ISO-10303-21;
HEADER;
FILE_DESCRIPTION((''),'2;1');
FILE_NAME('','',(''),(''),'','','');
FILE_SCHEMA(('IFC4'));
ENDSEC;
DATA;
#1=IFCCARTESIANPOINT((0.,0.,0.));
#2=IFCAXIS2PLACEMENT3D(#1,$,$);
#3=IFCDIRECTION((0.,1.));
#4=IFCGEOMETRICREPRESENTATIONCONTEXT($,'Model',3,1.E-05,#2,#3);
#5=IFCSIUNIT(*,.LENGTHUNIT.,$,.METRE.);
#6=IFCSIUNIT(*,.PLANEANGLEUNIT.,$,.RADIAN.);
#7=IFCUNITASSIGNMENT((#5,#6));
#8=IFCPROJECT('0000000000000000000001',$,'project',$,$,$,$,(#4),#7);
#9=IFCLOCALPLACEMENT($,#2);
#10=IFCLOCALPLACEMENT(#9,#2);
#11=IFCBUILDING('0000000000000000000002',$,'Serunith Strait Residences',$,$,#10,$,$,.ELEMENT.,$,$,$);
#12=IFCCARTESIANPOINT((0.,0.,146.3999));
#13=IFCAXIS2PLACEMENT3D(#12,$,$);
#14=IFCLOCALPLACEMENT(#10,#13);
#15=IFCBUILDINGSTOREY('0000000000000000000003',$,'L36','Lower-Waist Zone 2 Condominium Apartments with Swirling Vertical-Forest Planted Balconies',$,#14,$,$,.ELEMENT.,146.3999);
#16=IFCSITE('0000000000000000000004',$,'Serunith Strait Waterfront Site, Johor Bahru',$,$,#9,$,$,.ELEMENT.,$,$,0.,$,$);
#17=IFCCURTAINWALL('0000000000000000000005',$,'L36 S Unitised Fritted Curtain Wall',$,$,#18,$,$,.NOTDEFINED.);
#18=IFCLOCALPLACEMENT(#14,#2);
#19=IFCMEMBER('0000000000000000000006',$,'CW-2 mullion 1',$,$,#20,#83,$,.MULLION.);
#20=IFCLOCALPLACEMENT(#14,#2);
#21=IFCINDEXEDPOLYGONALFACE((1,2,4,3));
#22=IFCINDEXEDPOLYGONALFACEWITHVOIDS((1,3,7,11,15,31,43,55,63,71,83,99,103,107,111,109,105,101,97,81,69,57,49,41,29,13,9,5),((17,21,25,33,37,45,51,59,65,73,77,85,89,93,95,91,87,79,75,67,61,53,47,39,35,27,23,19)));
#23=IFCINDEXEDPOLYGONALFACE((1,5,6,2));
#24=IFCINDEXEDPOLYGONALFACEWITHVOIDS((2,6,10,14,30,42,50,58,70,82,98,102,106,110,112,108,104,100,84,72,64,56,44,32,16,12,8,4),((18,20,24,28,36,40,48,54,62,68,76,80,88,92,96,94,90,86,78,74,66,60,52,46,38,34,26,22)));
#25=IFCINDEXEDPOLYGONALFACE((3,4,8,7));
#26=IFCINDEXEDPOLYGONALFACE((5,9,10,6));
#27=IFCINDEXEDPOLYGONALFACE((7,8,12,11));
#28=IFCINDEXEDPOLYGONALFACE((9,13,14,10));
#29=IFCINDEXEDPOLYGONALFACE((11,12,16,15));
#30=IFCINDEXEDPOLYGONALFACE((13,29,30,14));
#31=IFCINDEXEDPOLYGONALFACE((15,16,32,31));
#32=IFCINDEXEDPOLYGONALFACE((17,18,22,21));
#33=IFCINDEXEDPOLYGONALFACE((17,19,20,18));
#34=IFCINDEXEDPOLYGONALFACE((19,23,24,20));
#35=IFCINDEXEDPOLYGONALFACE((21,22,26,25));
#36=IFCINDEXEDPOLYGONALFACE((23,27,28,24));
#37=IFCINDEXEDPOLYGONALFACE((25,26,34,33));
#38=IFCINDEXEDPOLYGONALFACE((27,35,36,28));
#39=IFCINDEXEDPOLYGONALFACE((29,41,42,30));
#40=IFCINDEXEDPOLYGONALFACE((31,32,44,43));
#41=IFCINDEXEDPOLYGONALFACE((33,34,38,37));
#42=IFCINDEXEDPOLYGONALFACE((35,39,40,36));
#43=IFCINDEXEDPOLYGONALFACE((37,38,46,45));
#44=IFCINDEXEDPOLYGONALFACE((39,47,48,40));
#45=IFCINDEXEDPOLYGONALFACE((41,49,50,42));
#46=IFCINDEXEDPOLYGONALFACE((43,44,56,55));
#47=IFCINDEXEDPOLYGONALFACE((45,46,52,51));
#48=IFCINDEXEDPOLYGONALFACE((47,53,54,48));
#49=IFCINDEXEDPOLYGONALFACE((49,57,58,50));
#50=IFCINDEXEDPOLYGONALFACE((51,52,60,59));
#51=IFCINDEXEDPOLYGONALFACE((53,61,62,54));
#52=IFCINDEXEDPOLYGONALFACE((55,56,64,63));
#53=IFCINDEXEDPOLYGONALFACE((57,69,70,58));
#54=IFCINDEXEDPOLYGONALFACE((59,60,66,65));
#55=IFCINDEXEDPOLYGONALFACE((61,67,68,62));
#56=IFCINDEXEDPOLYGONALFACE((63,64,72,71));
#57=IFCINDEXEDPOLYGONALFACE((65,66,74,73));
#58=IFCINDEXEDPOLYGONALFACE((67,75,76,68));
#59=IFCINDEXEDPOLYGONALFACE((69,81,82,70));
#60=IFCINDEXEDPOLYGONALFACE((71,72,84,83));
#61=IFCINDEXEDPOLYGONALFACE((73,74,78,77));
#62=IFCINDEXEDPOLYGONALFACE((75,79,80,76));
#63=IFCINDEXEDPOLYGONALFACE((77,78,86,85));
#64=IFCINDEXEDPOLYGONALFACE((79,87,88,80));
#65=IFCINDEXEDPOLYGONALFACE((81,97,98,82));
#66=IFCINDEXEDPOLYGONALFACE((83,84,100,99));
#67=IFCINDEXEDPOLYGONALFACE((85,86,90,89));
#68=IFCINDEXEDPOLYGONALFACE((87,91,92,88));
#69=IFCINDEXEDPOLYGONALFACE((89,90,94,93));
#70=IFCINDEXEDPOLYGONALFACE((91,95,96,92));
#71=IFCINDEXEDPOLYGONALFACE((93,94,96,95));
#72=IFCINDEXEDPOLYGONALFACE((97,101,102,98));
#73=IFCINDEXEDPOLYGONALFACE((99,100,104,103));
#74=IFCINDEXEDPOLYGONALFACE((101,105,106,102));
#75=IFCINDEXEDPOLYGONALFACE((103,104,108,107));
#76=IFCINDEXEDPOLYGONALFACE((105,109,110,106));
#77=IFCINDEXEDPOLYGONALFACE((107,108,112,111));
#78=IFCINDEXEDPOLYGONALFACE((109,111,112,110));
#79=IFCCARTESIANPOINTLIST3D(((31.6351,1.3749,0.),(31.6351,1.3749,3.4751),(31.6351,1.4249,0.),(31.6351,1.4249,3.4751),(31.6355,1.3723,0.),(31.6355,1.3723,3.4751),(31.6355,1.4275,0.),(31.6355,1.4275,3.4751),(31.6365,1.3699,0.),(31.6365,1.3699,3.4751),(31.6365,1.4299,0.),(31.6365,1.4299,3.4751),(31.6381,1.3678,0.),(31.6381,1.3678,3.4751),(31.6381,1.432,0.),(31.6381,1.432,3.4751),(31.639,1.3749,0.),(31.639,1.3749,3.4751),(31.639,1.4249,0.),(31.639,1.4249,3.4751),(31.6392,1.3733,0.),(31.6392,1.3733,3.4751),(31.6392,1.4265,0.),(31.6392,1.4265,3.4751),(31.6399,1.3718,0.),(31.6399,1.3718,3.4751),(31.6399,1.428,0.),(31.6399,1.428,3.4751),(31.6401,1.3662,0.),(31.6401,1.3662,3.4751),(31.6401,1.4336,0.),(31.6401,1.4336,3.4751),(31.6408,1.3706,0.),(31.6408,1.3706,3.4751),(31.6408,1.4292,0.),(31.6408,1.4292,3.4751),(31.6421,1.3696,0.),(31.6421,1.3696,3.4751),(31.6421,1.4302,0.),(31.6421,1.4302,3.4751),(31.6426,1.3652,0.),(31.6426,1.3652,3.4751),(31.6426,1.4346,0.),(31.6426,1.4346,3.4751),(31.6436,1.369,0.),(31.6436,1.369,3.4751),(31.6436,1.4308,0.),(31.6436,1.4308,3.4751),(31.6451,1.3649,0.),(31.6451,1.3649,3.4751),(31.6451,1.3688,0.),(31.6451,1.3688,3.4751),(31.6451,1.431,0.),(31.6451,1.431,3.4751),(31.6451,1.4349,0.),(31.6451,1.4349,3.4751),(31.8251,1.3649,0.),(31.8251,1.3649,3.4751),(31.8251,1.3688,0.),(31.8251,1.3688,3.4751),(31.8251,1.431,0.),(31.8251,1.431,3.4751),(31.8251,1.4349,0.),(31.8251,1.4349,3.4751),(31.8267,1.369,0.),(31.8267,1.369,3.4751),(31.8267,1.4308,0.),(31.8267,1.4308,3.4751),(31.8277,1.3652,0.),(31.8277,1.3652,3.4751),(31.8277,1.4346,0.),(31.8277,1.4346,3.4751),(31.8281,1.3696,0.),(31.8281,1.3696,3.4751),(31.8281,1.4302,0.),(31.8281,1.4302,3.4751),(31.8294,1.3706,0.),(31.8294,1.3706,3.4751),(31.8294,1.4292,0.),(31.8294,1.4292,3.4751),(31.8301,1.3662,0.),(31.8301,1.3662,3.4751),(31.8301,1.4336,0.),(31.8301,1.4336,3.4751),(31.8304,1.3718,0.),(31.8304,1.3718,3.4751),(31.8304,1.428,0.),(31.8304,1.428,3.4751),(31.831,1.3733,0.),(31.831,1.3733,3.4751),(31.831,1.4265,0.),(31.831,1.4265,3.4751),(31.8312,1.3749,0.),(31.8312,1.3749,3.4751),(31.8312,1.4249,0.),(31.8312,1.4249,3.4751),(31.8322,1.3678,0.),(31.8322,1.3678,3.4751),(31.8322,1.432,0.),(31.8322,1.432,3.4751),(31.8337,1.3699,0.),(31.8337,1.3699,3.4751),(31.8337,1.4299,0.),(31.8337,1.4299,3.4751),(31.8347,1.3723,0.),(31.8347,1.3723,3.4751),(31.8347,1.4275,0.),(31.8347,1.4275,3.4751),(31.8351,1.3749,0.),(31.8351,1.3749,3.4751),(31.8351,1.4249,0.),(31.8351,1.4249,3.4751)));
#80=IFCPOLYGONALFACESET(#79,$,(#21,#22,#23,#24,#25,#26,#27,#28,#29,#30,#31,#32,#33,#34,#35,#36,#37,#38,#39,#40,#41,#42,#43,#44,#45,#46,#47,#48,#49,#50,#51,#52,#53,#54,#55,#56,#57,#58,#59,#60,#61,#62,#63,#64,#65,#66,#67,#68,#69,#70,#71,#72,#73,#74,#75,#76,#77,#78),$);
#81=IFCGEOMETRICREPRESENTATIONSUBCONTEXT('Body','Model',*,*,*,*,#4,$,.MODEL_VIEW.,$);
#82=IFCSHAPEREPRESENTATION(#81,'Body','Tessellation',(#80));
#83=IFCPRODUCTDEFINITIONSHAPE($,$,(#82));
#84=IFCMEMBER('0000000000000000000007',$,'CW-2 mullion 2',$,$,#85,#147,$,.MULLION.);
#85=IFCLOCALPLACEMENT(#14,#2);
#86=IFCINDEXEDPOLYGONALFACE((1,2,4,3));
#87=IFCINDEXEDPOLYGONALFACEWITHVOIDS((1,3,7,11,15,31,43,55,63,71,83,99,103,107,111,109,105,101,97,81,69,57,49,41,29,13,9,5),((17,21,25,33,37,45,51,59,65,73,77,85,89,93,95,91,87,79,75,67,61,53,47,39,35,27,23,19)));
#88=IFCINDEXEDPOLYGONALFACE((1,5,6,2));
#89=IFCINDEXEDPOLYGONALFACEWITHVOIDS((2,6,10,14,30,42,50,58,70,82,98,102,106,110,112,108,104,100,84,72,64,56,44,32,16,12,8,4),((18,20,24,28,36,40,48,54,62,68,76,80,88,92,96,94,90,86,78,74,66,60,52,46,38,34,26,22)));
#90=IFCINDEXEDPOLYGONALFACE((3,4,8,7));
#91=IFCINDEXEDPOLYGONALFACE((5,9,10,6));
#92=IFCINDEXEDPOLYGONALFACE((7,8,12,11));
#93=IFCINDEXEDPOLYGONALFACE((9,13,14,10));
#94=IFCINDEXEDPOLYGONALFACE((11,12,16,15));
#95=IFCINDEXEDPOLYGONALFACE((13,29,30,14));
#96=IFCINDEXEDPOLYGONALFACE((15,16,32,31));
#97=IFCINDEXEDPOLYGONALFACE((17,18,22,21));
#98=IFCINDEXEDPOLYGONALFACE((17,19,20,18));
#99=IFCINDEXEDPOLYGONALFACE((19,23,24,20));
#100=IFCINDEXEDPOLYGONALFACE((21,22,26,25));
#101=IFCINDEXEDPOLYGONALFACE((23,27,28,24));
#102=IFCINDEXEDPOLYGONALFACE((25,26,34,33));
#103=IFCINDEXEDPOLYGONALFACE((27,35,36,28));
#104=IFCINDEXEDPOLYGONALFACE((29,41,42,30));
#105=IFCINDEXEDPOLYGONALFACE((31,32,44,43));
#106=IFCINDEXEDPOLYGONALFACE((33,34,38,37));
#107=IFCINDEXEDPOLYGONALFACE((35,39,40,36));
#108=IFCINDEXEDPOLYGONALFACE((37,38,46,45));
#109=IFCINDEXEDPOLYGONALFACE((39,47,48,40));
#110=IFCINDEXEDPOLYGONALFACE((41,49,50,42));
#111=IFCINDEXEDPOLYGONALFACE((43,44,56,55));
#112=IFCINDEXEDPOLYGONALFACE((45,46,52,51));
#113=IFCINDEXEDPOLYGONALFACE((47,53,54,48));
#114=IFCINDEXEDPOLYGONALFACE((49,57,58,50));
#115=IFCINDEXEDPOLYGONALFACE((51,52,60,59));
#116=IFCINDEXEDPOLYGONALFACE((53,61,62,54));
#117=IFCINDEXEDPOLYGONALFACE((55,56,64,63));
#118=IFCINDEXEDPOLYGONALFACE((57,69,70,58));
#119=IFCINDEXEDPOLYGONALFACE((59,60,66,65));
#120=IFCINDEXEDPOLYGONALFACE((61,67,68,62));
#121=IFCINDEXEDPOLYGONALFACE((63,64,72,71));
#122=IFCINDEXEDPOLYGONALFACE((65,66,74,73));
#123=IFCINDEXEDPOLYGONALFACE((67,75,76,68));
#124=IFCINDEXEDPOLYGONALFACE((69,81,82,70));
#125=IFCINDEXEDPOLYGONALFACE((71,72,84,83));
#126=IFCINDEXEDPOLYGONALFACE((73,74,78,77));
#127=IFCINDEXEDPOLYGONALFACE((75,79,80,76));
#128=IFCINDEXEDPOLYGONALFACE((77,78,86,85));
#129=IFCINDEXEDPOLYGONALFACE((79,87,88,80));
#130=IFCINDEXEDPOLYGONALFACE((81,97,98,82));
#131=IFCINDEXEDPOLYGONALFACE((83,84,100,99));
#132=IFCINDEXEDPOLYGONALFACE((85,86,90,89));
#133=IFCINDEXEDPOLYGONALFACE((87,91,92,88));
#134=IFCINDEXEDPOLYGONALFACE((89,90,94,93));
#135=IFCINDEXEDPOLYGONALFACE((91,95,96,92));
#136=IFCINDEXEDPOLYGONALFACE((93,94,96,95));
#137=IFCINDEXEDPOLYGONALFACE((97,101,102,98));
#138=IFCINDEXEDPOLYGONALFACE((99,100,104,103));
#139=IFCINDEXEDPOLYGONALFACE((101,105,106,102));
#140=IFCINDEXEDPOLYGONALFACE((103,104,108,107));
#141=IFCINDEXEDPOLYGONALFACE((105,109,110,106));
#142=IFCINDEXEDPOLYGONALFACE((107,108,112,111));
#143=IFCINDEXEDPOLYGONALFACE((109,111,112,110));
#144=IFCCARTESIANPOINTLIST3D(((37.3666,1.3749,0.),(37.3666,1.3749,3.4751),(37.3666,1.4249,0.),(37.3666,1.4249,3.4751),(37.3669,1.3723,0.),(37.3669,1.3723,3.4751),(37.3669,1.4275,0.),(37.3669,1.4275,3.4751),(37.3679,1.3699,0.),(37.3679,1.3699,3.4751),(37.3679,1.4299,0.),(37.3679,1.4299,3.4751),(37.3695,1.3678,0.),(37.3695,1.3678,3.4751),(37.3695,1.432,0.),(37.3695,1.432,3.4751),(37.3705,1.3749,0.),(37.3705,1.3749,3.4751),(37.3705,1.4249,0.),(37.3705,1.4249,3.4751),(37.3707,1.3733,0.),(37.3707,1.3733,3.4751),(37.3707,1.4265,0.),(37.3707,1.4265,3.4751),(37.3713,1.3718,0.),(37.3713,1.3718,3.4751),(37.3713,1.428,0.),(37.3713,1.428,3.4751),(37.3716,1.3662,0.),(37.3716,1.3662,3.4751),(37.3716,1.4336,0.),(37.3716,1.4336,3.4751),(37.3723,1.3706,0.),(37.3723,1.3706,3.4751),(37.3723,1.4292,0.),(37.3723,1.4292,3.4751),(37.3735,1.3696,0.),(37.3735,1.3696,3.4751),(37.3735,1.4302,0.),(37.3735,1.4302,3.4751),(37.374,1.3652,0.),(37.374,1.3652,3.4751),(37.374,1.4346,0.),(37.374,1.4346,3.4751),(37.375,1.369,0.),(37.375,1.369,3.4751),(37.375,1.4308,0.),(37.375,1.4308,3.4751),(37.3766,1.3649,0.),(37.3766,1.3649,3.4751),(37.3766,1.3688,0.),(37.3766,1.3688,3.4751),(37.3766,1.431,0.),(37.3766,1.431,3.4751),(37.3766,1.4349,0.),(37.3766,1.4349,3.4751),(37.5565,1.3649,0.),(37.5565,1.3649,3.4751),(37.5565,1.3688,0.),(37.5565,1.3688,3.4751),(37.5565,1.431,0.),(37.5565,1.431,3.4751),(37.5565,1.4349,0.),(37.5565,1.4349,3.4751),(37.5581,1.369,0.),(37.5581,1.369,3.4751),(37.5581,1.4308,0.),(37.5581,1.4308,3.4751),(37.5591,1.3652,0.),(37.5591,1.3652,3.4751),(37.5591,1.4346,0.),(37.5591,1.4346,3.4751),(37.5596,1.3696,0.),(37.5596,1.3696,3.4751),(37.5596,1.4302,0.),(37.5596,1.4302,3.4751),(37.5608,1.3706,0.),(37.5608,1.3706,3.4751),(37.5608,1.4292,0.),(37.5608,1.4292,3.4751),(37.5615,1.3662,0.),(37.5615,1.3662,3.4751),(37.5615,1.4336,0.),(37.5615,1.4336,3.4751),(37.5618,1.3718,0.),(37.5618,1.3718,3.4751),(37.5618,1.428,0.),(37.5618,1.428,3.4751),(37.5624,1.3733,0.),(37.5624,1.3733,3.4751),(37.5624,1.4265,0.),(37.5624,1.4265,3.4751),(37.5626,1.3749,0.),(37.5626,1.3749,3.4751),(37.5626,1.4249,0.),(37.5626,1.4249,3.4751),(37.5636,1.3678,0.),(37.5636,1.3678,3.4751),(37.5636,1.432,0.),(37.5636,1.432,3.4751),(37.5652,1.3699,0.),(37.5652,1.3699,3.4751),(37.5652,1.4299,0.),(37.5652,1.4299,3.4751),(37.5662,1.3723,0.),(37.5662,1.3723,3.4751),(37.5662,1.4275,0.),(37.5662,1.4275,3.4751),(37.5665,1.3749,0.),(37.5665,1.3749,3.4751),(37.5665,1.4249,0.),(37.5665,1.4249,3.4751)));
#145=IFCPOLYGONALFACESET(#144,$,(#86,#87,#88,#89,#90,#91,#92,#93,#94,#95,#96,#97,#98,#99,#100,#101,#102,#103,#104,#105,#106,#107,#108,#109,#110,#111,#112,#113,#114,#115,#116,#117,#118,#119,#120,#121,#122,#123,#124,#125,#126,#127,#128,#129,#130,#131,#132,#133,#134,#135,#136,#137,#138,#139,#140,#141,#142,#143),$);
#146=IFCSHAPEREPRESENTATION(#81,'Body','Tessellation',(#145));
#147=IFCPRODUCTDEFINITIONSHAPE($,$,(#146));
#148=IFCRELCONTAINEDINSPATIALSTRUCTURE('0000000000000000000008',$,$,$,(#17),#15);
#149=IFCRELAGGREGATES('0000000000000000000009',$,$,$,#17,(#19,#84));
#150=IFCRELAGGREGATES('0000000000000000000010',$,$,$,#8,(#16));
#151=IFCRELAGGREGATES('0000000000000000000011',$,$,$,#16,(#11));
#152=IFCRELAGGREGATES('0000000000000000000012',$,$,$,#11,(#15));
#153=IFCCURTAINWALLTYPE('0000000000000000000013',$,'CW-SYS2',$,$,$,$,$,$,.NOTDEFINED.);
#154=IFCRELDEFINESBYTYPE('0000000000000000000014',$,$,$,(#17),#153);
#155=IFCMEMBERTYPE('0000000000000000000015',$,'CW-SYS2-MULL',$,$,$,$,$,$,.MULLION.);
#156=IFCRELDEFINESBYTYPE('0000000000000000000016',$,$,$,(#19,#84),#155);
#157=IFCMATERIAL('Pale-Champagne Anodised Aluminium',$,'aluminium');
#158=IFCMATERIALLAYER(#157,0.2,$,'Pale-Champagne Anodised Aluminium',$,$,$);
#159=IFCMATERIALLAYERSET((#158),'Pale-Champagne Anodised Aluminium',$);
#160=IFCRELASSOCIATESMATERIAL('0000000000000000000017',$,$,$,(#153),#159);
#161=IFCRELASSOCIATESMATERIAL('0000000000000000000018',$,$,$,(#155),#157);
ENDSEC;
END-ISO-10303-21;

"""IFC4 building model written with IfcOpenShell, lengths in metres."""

from ifc_helpers import new_model, si_unit, direction, frame, origin, origin_2d, place, context, subcontext, project, spatial, hollow_rectangle, extrude, source, transform, mapped, material, layer, layer_set, material_profile, profile_set, type_object, element, aggregate, save


model = new_model("IFC4")

# Units and contexts
model_context = context("Model", 3, precision=1e-05, world=origin(), true_north=direction((0.0, 1.0)))
body_context = subcontext(model_context, "Body", "Model", "MODEL_VIEW")
ifc_project = project(units=[si_unit("LENGTHUNIT", "METRE"), si_unit("PLANEANGLEUNIT", "RADIAN")], contexts=[model_context])

# Site, building, storey
site_placement = place(None, origin())
site = spatial("IfcSite", under=ifc_project, at=site_placement, Name="Serunith Strait Waterfront Site, Johor Bahru", CompositionType="ELEMENT", RefElevation=0.0)
building_placement = place(site_placement, origin())
building = spatial("IfcBuilding", under=site, at=building_placement, Name="Serunith Strait Residences", CompositionType="ELEMENT")
storey_placement = place(building_placement, frame((0.0, 0.0, 146.3999)))
storey = spatial("IfcBuildingStorey", under=building, at=storey_placement, Name="L36", Description="Lower-Waist Zone 2 Condominium Apartments with Swirling Vertical-Forest Planted Balconies", CompositionType="ELEMENT", Elevation=146.3999)

# Curtain wall, members
ifc_material_1 = material(Name="Pale-Champagne Anodised Aluminium", Category="aluminium")
ifc_layer_1 = layer(ifc_material_1, 0.2, Name="Pale-Champagne Anodised Aluminium")
ifc_layer_set_1 = layer_set([ifc_layer_1], Name="Pale-Champagne Anodised Aluminium")
curtain_wall_type = type_object("IfcCurtainWallType", Name="CW-SYS2", PredefinedType="NOTDEFINED", material=ifc_layer_set_1)
curtain_wall_placement = place(storey_placement, origin())
curtain_wall = element("IfcCurtainWall", 1, at=curtain_wall_placement, inside=storey, type_object=curtain_wall_type, Name="L36 S Unitised Fritted Curtain Wall", PredefinedType="NOTDEFINED")
ifc_material_profile_1 = material_profile(ifc_material_1, hollow_rectangle(XDim=0.0701, YDim=0.2, WallThickness=0.0039, InnerFilletRadius=0.0061, OuterFilletRadius=0.01, at=origin_2d()), Name="ALU 200x70x4")
ifc_profile_set_1 = profile_set([ifc_material_profile_1], Name="Pale-Champagne Anodised Aluminium")
member_type_1 = type_object("IfcMemberType", Name="CW-SYS2-MULL", PredefinedType="MULLION", material=ifc_profile_set_1)
shared_shape_1 = source(origin(), body_context, "Body", "SweptSolid", [
    extrude(hollow_rectangle(XDim=0.0701, YDim=0.2, WallThickness=0.0039, InnerFilletRadius=0.0061, OuterFilletRadius=0.01, at=origin_2d()), origin(), (0.0, 0.0, 1.0), 3.4751),
])
member_1_placement = place(storey_placement, frame((31.7351, 1.3999, 0.0), z_axis=(0.0, 0.0, 1.0), x_axis=(0.0, 1.0, 0.0)))
member_1 = element("IfcMember", 2, at=member_1_placement, type_object=member_type_1, Name="CW-2 mullion 1", PredefinedType="MULLION", context=body_context, shape_type="MappedRepresentation", body=[
    mapped(shared_shape_1, transform((0.0, 0.0, 0.0), scale=1.0)),
])
member_2_placement = place(storey_placement, frame((37.4666, 1.3999, 0.0), z_axis=(0.0, 0.0, 1.0), x_axis=(0.0, 1.0, 0.0)))
member_2 = element("IfcMember", 3, at=member_2_placement, type_object=member_type_1, Name="CW-2 mullion 2", PredefinedType="MULLION", context=body_context, shape_type="MappedRepresentation", body=[
    mapped(shared_shape_1, transform((0.0, 0.0, 0.0), scale=1.0)),
])
aggregate(curtain_wall, [member_1, member_2])

save(model, "model.ifc")
